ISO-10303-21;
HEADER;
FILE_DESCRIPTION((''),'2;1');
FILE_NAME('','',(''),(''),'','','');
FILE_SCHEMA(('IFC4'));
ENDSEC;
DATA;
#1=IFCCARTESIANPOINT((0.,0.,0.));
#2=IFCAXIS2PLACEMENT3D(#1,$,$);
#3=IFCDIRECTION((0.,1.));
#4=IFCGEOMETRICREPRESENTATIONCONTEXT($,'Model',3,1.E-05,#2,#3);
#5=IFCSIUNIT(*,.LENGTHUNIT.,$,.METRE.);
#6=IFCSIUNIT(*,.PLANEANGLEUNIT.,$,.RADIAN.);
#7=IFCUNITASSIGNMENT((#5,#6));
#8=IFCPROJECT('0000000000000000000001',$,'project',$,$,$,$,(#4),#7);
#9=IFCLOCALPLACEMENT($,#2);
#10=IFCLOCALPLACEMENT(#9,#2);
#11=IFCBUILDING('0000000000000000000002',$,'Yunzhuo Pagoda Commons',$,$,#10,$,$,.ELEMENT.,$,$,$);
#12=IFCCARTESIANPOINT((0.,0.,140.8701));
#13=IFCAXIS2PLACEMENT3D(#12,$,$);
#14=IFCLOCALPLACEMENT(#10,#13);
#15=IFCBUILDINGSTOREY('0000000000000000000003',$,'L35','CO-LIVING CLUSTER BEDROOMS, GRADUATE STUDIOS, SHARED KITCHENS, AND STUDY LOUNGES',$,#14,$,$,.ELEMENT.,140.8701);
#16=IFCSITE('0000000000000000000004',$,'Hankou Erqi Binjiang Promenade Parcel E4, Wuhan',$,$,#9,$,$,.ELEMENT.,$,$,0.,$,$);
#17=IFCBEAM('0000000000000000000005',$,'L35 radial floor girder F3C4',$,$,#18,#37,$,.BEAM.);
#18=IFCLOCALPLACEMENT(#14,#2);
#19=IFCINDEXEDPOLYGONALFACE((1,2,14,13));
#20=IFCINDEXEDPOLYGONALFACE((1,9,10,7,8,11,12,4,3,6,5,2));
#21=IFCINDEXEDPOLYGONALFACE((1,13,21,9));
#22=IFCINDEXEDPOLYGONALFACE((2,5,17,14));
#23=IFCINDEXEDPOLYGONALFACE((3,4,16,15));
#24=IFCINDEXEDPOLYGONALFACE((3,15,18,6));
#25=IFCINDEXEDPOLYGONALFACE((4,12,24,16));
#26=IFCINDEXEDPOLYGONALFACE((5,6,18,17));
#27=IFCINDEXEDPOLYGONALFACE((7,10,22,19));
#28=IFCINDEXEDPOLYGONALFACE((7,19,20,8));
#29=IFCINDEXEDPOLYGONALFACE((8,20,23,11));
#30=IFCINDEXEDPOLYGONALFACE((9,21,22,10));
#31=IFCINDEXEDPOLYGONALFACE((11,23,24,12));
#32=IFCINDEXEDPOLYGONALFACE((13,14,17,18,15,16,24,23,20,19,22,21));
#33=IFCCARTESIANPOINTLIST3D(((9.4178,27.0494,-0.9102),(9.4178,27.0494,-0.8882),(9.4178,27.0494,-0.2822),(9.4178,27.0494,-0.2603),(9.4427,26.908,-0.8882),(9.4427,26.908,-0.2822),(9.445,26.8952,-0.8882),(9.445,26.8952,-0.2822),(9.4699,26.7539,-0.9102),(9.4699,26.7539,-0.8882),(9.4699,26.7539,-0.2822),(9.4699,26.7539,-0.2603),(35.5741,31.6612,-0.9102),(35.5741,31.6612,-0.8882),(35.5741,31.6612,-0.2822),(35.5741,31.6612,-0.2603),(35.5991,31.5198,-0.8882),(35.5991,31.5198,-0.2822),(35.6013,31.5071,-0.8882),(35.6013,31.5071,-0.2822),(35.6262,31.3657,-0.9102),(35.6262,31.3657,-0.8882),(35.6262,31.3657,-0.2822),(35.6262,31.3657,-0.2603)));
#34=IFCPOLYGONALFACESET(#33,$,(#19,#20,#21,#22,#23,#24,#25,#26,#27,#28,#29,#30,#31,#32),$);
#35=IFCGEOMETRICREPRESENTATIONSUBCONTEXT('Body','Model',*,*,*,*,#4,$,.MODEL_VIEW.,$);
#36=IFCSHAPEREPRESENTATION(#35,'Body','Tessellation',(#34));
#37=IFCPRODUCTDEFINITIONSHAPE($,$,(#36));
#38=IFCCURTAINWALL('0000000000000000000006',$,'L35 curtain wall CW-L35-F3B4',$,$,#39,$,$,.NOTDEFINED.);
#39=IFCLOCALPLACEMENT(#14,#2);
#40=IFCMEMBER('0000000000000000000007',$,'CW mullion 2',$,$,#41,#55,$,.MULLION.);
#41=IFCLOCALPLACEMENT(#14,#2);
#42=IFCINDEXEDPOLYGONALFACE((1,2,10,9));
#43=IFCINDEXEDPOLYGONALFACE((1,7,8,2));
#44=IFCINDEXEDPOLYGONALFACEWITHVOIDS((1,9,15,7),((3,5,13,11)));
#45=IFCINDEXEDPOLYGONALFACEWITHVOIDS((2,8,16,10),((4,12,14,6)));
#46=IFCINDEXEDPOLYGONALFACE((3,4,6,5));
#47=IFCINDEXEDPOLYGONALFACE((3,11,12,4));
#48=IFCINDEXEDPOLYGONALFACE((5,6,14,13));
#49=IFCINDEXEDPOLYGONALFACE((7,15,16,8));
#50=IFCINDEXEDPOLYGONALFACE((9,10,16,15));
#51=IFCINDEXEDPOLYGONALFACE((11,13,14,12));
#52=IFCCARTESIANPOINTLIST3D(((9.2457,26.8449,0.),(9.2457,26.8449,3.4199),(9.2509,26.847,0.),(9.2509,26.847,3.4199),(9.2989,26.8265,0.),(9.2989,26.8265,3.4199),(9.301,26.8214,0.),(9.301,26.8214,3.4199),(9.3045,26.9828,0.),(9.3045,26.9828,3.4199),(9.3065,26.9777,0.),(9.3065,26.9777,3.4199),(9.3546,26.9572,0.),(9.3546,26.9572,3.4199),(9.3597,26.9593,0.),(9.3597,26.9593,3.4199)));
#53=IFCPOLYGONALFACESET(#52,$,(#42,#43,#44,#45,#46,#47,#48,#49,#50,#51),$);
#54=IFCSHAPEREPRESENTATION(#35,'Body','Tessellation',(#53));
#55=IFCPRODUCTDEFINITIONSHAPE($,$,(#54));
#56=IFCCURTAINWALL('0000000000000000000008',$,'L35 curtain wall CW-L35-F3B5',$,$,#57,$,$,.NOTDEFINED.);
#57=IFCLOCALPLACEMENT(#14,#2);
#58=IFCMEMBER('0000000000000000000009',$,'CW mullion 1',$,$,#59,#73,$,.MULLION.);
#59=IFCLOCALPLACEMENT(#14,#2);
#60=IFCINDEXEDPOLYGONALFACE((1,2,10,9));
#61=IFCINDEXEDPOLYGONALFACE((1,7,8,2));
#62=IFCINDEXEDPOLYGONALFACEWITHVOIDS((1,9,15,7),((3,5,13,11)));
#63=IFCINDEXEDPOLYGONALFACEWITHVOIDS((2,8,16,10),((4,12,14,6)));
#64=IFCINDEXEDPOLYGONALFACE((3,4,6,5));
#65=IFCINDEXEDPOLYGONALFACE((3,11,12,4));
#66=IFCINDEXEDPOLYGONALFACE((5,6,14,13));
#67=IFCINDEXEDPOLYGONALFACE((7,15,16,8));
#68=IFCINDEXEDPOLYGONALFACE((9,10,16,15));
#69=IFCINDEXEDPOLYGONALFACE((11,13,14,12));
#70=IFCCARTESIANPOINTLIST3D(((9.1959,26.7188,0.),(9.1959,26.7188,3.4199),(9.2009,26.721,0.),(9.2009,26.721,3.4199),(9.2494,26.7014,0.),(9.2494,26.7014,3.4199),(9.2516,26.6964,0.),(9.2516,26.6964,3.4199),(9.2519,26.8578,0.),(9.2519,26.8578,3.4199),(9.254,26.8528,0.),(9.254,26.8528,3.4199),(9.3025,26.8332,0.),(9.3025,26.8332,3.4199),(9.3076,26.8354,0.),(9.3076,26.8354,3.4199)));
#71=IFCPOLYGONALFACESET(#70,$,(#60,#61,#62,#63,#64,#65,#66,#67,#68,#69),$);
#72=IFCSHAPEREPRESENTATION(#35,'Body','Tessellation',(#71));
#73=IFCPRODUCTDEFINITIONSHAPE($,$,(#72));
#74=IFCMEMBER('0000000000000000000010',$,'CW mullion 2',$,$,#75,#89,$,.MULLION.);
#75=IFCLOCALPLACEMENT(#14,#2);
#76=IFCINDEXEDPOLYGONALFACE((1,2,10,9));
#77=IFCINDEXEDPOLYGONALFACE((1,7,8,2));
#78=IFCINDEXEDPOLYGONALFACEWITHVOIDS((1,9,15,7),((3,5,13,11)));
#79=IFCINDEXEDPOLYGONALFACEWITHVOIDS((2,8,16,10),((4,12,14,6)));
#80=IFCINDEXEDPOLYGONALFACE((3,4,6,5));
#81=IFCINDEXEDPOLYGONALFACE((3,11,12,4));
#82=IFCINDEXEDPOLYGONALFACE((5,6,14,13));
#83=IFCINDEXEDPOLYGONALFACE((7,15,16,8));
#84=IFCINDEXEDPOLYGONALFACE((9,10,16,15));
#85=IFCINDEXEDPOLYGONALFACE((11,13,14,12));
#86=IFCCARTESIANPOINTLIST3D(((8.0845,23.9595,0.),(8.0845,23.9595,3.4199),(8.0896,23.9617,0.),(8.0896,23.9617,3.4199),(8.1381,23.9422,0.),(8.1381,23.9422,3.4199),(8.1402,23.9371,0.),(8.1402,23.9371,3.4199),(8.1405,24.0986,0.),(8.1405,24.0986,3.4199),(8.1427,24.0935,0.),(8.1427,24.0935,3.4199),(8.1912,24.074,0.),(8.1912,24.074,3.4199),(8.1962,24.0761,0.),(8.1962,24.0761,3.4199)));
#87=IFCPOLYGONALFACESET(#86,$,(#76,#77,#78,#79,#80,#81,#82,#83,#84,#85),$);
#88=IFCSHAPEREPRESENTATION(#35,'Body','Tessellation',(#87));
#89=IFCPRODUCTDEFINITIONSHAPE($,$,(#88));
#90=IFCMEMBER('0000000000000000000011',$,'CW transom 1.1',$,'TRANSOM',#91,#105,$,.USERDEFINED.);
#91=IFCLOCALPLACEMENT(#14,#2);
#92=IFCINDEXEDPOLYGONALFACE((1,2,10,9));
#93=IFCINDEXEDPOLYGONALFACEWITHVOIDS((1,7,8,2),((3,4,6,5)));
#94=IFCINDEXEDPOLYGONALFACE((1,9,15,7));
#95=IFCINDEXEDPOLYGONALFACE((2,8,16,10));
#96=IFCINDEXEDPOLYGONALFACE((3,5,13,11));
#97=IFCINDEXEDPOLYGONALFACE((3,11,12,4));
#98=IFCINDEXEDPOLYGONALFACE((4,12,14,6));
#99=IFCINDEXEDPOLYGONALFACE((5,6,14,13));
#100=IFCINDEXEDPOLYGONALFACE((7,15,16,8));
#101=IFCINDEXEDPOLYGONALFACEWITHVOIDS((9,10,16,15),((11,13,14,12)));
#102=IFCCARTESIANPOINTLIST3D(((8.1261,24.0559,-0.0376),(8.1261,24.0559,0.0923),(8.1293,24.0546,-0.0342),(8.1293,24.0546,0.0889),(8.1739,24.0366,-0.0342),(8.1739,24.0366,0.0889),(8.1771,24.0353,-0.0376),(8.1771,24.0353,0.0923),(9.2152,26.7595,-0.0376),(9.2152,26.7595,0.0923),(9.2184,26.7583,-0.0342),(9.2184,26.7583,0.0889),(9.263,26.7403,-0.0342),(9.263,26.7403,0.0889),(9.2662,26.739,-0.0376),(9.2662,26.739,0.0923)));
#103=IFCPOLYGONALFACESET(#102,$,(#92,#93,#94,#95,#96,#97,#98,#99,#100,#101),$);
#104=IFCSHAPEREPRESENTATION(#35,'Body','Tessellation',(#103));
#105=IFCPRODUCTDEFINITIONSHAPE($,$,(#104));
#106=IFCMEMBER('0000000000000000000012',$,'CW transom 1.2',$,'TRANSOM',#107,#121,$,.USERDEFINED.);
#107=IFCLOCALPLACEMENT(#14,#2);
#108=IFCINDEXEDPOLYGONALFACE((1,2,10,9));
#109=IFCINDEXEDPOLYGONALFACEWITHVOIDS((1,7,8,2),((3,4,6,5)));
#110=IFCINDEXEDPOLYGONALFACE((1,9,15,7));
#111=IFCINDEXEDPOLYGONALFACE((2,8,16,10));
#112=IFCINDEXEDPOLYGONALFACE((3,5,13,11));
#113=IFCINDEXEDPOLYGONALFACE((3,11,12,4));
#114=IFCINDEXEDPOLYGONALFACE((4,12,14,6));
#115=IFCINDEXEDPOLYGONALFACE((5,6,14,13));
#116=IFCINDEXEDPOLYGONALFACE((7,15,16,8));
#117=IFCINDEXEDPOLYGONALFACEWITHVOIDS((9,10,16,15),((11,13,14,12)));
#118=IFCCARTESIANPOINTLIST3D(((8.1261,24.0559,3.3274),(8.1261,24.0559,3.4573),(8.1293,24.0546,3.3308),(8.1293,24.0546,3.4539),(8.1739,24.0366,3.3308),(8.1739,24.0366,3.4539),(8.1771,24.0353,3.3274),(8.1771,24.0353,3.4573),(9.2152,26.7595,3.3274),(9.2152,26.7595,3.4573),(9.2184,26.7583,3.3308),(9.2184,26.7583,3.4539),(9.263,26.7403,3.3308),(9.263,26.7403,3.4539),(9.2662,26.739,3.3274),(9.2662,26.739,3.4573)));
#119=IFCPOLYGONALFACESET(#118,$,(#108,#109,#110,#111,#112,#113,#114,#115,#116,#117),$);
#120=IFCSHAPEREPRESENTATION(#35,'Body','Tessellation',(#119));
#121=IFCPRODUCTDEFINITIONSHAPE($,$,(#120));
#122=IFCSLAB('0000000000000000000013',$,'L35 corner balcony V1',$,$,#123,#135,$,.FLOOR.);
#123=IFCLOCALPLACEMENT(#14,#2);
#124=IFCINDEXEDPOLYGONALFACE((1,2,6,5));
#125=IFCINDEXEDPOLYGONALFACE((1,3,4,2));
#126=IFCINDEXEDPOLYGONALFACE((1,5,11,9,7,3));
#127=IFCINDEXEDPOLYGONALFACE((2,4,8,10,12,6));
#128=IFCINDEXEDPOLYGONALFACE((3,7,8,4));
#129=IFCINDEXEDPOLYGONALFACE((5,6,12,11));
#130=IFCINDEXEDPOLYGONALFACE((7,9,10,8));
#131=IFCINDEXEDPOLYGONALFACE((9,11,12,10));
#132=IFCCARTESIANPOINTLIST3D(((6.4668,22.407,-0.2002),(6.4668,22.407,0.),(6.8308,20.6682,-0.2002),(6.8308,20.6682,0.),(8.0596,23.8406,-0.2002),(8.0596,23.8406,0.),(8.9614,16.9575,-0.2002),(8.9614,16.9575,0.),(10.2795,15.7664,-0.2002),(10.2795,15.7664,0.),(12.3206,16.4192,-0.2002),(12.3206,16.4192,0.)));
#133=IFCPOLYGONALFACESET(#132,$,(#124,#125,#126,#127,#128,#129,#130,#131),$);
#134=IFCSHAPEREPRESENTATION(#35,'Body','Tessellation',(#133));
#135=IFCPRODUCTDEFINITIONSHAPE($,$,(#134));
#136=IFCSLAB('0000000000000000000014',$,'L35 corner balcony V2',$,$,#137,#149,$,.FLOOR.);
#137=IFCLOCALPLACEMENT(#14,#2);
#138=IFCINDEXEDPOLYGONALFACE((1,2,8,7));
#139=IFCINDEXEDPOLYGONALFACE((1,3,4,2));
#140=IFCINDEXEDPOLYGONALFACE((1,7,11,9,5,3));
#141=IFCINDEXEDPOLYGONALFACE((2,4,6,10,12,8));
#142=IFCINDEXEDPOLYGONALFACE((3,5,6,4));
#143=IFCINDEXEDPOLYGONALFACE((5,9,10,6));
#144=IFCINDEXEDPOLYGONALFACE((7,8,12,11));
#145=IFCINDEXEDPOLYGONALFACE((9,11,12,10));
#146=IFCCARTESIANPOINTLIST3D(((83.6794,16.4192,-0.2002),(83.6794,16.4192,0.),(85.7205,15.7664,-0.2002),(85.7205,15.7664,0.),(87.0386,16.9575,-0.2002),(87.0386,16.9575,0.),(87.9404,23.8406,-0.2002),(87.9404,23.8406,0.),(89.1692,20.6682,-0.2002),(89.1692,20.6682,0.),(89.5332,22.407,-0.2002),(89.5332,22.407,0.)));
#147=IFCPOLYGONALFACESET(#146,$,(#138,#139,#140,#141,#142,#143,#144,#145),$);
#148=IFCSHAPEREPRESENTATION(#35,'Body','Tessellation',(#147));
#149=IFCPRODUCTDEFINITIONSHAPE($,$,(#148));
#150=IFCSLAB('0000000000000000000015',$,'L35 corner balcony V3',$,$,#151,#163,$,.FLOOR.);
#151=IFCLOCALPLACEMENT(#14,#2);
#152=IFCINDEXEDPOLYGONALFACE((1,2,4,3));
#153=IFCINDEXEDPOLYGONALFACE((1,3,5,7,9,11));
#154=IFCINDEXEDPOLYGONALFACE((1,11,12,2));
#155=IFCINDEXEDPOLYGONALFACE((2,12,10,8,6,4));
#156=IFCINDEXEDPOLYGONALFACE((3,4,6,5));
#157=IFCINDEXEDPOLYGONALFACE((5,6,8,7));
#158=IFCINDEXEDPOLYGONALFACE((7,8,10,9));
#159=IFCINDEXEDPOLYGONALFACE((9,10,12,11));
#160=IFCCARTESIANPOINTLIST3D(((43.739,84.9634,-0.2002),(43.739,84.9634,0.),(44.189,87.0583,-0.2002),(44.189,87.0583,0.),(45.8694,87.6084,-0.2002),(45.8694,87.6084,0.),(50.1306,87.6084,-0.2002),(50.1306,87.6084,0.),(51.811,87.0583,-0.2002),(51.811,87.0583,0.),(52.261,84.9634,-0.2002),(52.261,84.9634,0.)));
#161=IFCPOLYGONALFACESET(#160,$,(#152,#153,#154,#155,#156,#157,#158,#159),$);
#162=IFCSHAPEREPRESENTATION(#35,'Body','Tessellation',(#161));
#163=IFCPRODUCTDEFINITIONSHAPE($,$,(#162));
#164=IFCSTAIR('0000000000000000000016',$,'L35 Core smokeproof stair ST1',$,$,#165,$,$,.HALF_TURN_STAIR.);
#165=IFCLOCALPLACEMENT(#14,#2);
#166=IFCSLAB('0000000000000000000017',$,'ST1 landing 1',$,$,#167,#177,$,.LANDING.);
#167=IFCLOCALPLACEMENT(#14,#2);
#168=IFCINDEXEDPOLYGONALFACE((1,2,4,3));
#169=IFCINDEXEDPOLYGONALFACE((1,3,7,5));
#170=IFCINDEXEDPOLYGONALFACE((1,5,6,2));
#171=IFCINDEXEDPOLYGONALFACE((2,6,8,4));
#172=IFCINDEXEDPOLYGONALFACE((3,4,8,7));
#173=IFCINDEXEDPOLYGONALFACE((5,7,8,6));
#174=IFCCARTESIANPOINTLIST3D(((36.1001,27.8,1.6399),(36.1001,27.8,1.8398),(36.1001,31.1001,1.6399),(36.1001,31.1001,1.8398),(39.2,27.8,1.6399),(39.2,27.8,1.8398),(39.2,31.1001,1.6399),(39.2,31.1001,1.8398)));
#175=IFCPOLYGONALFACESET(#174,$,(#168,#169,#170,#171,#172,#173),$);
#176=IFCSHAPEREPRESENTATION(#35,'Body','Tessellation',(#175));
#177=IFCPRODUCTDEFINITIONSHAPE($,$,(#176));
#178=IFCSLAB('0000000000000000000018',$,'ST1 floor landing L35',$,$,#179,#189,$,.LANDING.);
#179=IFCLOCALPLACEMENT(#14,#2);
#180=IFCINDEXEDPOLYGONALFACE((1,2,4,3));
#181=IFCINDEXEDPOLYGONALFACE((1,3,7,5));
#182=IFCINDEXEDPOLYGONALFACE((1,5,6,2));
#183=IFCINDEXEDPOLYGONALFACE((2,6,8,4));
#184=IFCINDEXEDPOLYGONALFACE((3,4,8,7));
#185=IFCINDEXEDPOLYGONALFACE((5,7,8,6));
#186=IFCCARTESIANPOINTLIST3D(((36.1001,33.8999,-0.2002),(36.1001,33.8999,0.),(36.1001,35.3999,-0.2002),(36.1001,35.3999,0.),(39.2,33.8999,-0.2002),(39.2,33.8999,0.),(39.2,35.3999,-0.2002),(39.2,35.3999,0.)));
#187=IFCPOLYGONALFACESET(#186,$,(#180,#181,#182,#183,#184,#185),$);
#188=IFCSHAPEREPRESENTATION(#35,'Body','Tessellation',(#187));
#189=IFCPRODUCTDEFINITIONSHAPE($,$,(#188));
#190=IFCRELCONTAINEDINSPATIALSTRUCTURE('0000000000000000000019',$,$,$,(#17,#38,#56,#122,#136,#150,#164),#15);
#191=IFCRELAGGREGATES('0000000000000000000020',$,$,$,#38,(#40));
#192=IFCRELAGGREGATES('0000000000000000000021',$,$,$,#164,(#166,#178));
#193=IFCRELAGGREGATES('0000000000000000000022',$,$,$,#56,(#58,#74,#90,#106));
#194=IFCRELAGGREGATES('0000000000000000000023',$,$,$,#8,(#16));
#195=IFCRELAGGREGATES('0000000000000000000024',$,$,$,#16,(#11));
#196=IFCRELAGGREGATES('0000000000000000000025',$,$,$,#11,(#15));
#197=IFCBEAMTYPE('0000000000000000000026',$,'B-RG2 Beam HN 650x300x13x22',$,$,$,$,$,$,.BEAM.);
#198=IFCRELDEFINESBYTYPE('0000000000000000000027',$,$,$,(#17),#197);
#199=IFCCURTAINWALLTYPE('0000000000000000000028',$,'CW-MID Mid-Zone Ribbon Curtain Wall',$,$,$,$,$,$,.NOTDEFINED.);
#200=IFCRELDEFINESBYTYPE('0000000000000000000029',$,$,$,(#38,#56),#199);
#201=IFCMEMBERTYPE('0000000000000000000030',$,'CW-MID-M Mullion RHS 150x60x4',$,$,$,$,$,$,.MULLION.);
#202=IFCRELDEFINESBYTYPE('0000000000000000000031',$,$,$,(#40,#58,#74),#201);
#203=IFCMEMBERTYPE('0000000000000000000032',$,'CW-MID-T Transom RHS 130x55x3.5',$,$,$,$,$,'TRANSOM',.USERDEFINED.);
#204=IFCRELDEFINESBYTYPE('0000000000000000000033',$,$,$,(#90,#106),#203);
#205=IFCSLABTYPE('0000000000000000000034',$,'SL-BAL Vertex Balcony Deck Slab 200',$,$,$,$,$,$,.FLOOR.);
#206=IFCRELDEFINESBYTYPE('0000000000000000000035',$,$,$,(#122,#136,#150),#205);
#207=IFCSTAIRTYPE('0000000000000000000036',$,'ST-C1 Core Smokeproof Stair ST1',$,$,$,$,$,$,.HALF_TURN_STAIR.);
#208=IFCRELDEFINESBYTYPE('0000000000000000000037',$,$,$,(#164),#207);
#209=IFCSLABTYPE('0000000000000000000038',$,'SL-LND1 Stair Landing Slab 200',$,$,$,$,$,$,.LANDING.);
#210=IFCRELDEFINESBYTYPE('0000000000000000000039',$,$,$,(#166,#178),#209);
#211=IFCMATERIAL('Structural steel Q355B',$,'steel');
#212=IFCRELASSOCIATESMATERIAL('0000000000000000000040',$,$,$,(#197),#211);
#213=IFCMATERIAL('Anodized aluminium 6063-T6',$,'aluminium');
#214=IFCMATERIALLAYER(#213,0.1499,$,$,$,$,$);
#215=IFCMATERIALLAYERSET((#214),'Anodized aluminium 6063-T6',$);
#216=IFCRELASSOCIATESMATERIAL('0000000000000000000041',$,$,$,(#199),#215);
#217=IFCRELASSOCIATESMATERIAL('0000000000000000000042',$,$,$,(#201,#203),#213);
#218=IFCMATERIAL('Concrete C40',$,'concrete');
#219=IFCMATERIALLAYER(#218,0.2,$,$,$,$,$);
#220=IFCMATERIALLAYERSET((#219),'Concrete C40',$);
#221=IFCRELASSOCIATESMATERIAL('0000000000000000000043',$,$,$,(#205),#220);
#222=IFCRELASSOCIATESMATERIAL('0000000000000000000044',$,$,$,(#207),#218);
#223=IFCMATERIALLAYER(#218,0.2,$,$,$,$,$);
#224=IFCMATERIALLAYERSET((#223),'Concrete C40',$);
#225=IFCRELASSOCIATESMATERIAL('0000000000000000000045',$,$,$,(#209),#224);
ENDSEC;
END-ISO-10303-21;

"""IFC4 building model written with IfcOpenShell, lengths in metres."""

from ifc_helpers import new_model, si_unit, direction, frame, origin, origin_2d, place, context, subcontext, project, spatial, polyline, hollow_rectangle, i_section, outline, extrude, source, transform, mapped, material, layer, layer_set, material_profile, profile_set, type_object, element, aggregate, save


model = new_model("IFC4")

# Units and contexts
model_context = context("Model", 3, precision=1e-05, world=origin(), true_north=direction((0.0, 1.0)))
body_context = subcontext(model_context, "Body", "Model", "MODEL_VIEW")
ifc_project = project(units=[si_unit("LENGTHUNIT", "METRE"), si_unit("PLANEANGLEUNIT", "RADIAN")], contexts=[model_context])

# Site, building, storey
site_placement = place(None, origin())
site = spatial("IfcSite", under=ifc_project, at=site_placement, Name="Hankou Erqi Binjiang Promenade Parcel E4, Wuhan", CompositionType="ELEMENT", RefElevation=0.0)
building_placement = place(site_placement, origin())
building = spatial("IfcBuilding", under=site, at=building_placement, Name="Yunzhuo Pagoda Commons", CompositionType="ELEMENT")
storey_placement = place(building_placement, frame((0.0, 0.0, 140.8701)))
storey = spatial("IfcBuildingStorey", under=building, at=storey_placement, Name="L35", Description="CO-LIVING CLUSTER BEDROOMS, GRADUATE STUDIOS, SHARED KITCHENS, AND STUDY LOUNGES", CompositionType="ELEMENT", Elevation=140.8701)

# Beam
ifc_material_1 = material(Name="Structural steel Q355B", Category="steel")
ifc_material_profile_1 = material_profile(ifc_material_1, i_section(OverallWidth=0.3, OverallDepth=0.6499, WebThickness=0.0129, FlangeThickness=0.022, at=origin_2d()), Name="Structural steel Q355B")
ifc_profile_set_1 = profile_set([ifc_material_profile_1], Name="Structural steel Q355B")
beam_type = type_object("IfcBeamType", Name="B-RG2 Beam HN 650x300x13x22", PredefinedType="BEAM", material=ifc_profile_set_1)
shared_shape_1 = source(origin(), body_context, "Body", "SweptSolid", [
    extrude(i_section(OverallWidth=0.3, OverallDepth=0.6499, WebThickness=0.0129, FlangeThickness=0.022, at=origin_2d()), origin(), (0.0, 0.0, 1.0), 26.5598),
])
beam_placement = place(storey_placement, frame((9.4438, 26.9016, -0.5852), z_axis=(0.984809, 0.17364, 0.0), x_axis=(-0.17364, 0.984809, 0.0)))
element("IfcBeam", 1, at=beam_placement, inside=storey, type_object=beam_type, Name="L35 radial floor girder F3C4", PredefinedType="BEAM", context=body_context, shape_type="MappedRepresentation", body=[
    mapped(shared_shape_1, transform((0.0, 0.0, 0.0), scale=1.0)),
])

# Curtain wall, member
ifc_material_2 = material(Name="Anodized aluminium 6063-T6", Category="aluminium")
ifc_layer_1 = layer(ifc_material_2, 0.1499)
ifc_layer_set_1 = layer_set([ifc_layer_1], Name="Anodized aluminium 6063-T6")
curtain_wall_type = type_object("IfcCurtainWallType", Name="CW-MID Mid-Zone Ribbon Curtain Wall", PredefinedType="NOTDEFINED", material=ifc_layer_set_1)
curtain_wall_1_placement = place(storey_placement, origin())
curtain_wall_1 = element("IfcCurtainWall", 2, at=curtain_wall_1_placement, inside=storey, type_object=curtain_wall_type, Name="L35 curtain wall CW-L35-F3B4", PredefinedType="NOTDEFINED")
ifc_material_profile_2 = material_profile(ifc_material_2, hollow_rectangle(XDim=0.0601, YDim=0.1499, WallThickness=0.0039, at=origin_2d()), Name="Anodized aluminium 6063-T6")
ifc_profile_set_2 = profile_set([ifc_material_profile_2], Name="Anodized aluminium 6063-T6")
member_type_1 = type_object("IfcMemberType", Name="CW-MID-M Mullion RHS 150x60x4", PredefinedType="MULLION", material=ifc_profile_set_2)
shared_shape_2 = source(origin(), body_context, "Body", "SweptSolid", [
    extrude(hollow_rectangle(XDim=0.0601, YDim=0.1499, WallThickness=0.0039, at=origin_2d()), origin(), (0.0, 0.0, 1.0), 3.4199),
])
member_1_placement = place(storey_placement, frame((9.3027, 26.9021, 0.0), z_axis=(0.0, 0.0, 1.0), x_axis=(0.920072, -0.391749, 0.0)))
member_1 = element("IfcMember", 3, at=member_1_placement, type_object=member_type_1, Name="CW mullion 2", PredefinedType="MULLION", context=body_context, shape_type="MappedRepresentation", body=[
    mapped(shared_shape_2, transform((0.0, 0.0, 0.0), scale=1.0)),
])
aggregate(curtain_wall_1, [member_1])

# Curtain wall, members
curtain_wall_2_placement = place(storey_placement, origin())
curtain_wall_2 = element("IfcCurtainWall", 4, at=curtain_wall_2_placement, inside=storey, type_object=curtain_wall_type, Name="L35 curtain wall CW-L35-F3B5", PredefinedType="NOTDEFINED")
member_2_placement = place(storey_placement, frame((9.2517, 26.7771, 0.0), z_axis=(0.0, 0.0, 1.0), x_axis=(0.927583, -0.373617, 0.0)))
member_2 = element("IfcMember", 5, at=member_2_placement, type_object=member_type_1, Name="CW mullion 1", PredefinedType="MULLION", context=body_context, shape_type="MappedRepresentation", body=[
    mapped(shared_shape_2, transform((0.0, 0.0, 0.0), scale=1.0)),
])
member_3_placement = place(storey_placement, frame((8.1404, 24.0178, 0.0), z_axis=(0.0, 0.0, 1.0), x_axis=(0.927583, -0.373617, 0.0)))
member_3 = element("IfcMember", 6, at=member_3_placement, type_object=member_type_1, Name="CW mullion 2", PredefinedType="MULLION", context=body_context, shape_type="MappedRepresentation", body=[
    mapped(shared_shape_2, transform((0.0, 0.0, 0.0), scale=1.0)),
])
ifc_material_profile_3 = material_profile(ifc_material_2, hollow_rectangle(XDim=0.0549, YDim=0.1299, WallThickness=0.0034, at=origin_2d()), Name="Anodized aluminium 6063-T6")
ifc_profile_set_3 = profile_set([ifc_material_profile_3], Name="Anodized aluminium 6063-T6")
member_type_2 = type_object("IfcMemberType", Name="CW-MID-T Transom RHS 130x55x3.5", ElementType="TRANSOM", PredefinedType="USERDEFINED", material=ifc_profile_set_3)
shared_shape_3 = source(origin(), body_context, "Body", "SweptSolid", [
    extrude(hollow_rectangle(XDim=0.0549, YDim=0.1299, WallThickness=0.0034, at=origin_2d()), origin(), (0.0, 0.0, 1.0), 2.9148),
])
member_4_placement = place(storey_placement, frame((9.2407, 26.7493, 0.0273), z_axis=(-0.373657, -0.927567, 0.0), x_axis=(0.927567, -0.373657, 0.0)))
member_4 = element("IfcMember", 7, at=member_4_placement, type_object=member_type_2, Name="CW transom 1.1", ObjectType="TRANSOM", PredefinedType="USERDEFINED", context=body_context, shape_type="MappedRepresentation", body=[
    mapped(shared_shape_3, transform((0.0, 0.0, 0.0), scale=1.0)),
])
member_5_placement = place(storey_placement, frame((9.2407, 26.7493, 3.3923), z_axis=(-0.373657, -0.927567, 0.0), x_axis=(0.927567, -0.373657, 0.0)))
member_5 = element("IfcMember", 8, at=member_5_placement, type_object=member_type_2, Name="CW transom 1.2", ObjectType="TRANSOM", PredefinedType="USERDEFINED", context=body_context, shape_type="MappedRepresentation", body=[
    mapped(shared_shape_3, transform((0.0, 0.0, 0.0), scale=1.0)),
])

# Slabs
ifc_material_3 = material(Name="Concrete C40", Category="concrete")
ifc_layer_2 = layer(ifc_material_3, 0.2)
ifc_layer_set_2 = layer_set([ifc_layer_2], Name="Concrete C40")
slab_type_1 = type_object("IfcSlabType", Name="SL-BAL Vertex Balcony Deck Slab 200", PredefinedType="FLOOR", material=ifc_layer_set_2)
slab_1_placement = place(storey_placement, frame((0.0, 0.0, -0.2002)))
element("IfcSlab", 9, at=slab_1_placement, inside=storey, type_object=slab_type_1, Name="L35 corner balcony V1", PredefinedType="FLOOR", context=body_context, shape_type="SweptSolid", body=[
    extrude(outline(polyline([(8.0596, 23.8406), (12.3206, 16.4192), (10.2795, 15.7664), (8.9614, 16.9575), (6.8308, 20.6682), (6.4668, 22.407), (8.0596, 23.8406)])), origin(), (0.0, 0.0, 1.0), 0.2002),
])
slab_2_placement = place(storey_placement, frame((0.0, 0.0, -0.2002)))
element("IfcSlab", 10, at=slab_2_placement, inside=storey, type_object=slab_type_1, Name="L35 corner balcony V2", PredefinedType="FLOOR", context=body_context, shape_type="SweptSolid", body=[
    extrude(outline(polyline([(83.6794, 16.4192), (87.9404, 23.8406), (89.5332, 22.407), (89.1692, 20.6682), (87.0386, 16.9575), (85.7205, 15.7664), (83.6794, 16.4192)])), origin(), (0.0, 0.0, 1.0), 0.2002),
])
slab_3_placement = place(storey_placement, frame((0.0, 0.0, -0.2002)))
element("IfcSlab", 11, at=slab_3_placement, inside=storey, type_object=slab_type_1, Name="L35 corner balcony V3", PredefinedType="FLOOR", context=body_context, shape_type="SweptSolid", body=[
    extrude(outline(polyline([(52.261, 84.9634), (43.739, 84.9634), (44.189, 87.0583), (45.8694, 87.6084), (50.1306, 87.6084), (51.811, 87.0583), (52.261, 84.9634)])), origin(), (0.0, 0.0, 1.0), 0.2002),
])

# Stair, slabs
stair_type_1 = type_object("IfcStairType", Name="ST-C1 Core Smokeproof Stair ST1", PredefinedType="HALF_TURN_STAIR", material=ifc_material_3)
stair_1_placement = place(storey_placement, origin())
stair_1 = element("IfcStair", 12, at=stair_1_placement, inside=storey, type_object=stair_type_1, Name="L35 Core smokeproof stair ST1", PredefinedType="HALF_TURN_STAIR")
ifc_layer_3 = layer(ifc_material_3, 0.2)
ifc_layer_set_3 = layer_set([ifc_layer_3], Name="Concrete C40")
slab_type_2 = type_object("IfcSlabType", Name="SL-LND1 Stair Landing Slab 200", PredefinedType="LANDING", material=ifc_layer_set_3)
slab_4_placement = place(storey_placement, frame((0.0, 0.0, 1.6399)))
slab_4 = element("IfcSlab", 13, at=slab_4_placement, type_object=slab_type_2, Name="ST1 landing 1", PredefinedType="LANDING", context=body_context, shape_type="SweptSolid", body=[
    extrude(outline(polyline([(36.1001, 31.1001), (36.1001, 27.8), (39.2, 27.8), (39.2, 31.1001), (36.1001, 31.1001)])), origin(), (0.0, 0.0, 1.0), 0.2),
])
slab_5_placement = place(storey_placement, frame((0.0, 0.0, -0.2002)))
slab_5 = element("IfcSlab", 14, at=slab_5_placement, type_object=slab_type_2, Name="ST1 floor landing L35", PredefinedType="LANDING", context=body_context, shape_type="SweptSolid", body=[
    extrude(outline(polyline([(36.1001, 35.3999), (36.1001, 33.8999), (39.2, 33.8999), (39.2, 35.3999), (36.1001, 35.3999)])), origin(), (0.0, 0.0, 1.0), 0.2002),
])
aggregate(stair_1, [slab_4, slab_5])

aggregate(curtain_wall_2, [member_2, member_3, member_4, member_5])

save(model, "model.ifc")
